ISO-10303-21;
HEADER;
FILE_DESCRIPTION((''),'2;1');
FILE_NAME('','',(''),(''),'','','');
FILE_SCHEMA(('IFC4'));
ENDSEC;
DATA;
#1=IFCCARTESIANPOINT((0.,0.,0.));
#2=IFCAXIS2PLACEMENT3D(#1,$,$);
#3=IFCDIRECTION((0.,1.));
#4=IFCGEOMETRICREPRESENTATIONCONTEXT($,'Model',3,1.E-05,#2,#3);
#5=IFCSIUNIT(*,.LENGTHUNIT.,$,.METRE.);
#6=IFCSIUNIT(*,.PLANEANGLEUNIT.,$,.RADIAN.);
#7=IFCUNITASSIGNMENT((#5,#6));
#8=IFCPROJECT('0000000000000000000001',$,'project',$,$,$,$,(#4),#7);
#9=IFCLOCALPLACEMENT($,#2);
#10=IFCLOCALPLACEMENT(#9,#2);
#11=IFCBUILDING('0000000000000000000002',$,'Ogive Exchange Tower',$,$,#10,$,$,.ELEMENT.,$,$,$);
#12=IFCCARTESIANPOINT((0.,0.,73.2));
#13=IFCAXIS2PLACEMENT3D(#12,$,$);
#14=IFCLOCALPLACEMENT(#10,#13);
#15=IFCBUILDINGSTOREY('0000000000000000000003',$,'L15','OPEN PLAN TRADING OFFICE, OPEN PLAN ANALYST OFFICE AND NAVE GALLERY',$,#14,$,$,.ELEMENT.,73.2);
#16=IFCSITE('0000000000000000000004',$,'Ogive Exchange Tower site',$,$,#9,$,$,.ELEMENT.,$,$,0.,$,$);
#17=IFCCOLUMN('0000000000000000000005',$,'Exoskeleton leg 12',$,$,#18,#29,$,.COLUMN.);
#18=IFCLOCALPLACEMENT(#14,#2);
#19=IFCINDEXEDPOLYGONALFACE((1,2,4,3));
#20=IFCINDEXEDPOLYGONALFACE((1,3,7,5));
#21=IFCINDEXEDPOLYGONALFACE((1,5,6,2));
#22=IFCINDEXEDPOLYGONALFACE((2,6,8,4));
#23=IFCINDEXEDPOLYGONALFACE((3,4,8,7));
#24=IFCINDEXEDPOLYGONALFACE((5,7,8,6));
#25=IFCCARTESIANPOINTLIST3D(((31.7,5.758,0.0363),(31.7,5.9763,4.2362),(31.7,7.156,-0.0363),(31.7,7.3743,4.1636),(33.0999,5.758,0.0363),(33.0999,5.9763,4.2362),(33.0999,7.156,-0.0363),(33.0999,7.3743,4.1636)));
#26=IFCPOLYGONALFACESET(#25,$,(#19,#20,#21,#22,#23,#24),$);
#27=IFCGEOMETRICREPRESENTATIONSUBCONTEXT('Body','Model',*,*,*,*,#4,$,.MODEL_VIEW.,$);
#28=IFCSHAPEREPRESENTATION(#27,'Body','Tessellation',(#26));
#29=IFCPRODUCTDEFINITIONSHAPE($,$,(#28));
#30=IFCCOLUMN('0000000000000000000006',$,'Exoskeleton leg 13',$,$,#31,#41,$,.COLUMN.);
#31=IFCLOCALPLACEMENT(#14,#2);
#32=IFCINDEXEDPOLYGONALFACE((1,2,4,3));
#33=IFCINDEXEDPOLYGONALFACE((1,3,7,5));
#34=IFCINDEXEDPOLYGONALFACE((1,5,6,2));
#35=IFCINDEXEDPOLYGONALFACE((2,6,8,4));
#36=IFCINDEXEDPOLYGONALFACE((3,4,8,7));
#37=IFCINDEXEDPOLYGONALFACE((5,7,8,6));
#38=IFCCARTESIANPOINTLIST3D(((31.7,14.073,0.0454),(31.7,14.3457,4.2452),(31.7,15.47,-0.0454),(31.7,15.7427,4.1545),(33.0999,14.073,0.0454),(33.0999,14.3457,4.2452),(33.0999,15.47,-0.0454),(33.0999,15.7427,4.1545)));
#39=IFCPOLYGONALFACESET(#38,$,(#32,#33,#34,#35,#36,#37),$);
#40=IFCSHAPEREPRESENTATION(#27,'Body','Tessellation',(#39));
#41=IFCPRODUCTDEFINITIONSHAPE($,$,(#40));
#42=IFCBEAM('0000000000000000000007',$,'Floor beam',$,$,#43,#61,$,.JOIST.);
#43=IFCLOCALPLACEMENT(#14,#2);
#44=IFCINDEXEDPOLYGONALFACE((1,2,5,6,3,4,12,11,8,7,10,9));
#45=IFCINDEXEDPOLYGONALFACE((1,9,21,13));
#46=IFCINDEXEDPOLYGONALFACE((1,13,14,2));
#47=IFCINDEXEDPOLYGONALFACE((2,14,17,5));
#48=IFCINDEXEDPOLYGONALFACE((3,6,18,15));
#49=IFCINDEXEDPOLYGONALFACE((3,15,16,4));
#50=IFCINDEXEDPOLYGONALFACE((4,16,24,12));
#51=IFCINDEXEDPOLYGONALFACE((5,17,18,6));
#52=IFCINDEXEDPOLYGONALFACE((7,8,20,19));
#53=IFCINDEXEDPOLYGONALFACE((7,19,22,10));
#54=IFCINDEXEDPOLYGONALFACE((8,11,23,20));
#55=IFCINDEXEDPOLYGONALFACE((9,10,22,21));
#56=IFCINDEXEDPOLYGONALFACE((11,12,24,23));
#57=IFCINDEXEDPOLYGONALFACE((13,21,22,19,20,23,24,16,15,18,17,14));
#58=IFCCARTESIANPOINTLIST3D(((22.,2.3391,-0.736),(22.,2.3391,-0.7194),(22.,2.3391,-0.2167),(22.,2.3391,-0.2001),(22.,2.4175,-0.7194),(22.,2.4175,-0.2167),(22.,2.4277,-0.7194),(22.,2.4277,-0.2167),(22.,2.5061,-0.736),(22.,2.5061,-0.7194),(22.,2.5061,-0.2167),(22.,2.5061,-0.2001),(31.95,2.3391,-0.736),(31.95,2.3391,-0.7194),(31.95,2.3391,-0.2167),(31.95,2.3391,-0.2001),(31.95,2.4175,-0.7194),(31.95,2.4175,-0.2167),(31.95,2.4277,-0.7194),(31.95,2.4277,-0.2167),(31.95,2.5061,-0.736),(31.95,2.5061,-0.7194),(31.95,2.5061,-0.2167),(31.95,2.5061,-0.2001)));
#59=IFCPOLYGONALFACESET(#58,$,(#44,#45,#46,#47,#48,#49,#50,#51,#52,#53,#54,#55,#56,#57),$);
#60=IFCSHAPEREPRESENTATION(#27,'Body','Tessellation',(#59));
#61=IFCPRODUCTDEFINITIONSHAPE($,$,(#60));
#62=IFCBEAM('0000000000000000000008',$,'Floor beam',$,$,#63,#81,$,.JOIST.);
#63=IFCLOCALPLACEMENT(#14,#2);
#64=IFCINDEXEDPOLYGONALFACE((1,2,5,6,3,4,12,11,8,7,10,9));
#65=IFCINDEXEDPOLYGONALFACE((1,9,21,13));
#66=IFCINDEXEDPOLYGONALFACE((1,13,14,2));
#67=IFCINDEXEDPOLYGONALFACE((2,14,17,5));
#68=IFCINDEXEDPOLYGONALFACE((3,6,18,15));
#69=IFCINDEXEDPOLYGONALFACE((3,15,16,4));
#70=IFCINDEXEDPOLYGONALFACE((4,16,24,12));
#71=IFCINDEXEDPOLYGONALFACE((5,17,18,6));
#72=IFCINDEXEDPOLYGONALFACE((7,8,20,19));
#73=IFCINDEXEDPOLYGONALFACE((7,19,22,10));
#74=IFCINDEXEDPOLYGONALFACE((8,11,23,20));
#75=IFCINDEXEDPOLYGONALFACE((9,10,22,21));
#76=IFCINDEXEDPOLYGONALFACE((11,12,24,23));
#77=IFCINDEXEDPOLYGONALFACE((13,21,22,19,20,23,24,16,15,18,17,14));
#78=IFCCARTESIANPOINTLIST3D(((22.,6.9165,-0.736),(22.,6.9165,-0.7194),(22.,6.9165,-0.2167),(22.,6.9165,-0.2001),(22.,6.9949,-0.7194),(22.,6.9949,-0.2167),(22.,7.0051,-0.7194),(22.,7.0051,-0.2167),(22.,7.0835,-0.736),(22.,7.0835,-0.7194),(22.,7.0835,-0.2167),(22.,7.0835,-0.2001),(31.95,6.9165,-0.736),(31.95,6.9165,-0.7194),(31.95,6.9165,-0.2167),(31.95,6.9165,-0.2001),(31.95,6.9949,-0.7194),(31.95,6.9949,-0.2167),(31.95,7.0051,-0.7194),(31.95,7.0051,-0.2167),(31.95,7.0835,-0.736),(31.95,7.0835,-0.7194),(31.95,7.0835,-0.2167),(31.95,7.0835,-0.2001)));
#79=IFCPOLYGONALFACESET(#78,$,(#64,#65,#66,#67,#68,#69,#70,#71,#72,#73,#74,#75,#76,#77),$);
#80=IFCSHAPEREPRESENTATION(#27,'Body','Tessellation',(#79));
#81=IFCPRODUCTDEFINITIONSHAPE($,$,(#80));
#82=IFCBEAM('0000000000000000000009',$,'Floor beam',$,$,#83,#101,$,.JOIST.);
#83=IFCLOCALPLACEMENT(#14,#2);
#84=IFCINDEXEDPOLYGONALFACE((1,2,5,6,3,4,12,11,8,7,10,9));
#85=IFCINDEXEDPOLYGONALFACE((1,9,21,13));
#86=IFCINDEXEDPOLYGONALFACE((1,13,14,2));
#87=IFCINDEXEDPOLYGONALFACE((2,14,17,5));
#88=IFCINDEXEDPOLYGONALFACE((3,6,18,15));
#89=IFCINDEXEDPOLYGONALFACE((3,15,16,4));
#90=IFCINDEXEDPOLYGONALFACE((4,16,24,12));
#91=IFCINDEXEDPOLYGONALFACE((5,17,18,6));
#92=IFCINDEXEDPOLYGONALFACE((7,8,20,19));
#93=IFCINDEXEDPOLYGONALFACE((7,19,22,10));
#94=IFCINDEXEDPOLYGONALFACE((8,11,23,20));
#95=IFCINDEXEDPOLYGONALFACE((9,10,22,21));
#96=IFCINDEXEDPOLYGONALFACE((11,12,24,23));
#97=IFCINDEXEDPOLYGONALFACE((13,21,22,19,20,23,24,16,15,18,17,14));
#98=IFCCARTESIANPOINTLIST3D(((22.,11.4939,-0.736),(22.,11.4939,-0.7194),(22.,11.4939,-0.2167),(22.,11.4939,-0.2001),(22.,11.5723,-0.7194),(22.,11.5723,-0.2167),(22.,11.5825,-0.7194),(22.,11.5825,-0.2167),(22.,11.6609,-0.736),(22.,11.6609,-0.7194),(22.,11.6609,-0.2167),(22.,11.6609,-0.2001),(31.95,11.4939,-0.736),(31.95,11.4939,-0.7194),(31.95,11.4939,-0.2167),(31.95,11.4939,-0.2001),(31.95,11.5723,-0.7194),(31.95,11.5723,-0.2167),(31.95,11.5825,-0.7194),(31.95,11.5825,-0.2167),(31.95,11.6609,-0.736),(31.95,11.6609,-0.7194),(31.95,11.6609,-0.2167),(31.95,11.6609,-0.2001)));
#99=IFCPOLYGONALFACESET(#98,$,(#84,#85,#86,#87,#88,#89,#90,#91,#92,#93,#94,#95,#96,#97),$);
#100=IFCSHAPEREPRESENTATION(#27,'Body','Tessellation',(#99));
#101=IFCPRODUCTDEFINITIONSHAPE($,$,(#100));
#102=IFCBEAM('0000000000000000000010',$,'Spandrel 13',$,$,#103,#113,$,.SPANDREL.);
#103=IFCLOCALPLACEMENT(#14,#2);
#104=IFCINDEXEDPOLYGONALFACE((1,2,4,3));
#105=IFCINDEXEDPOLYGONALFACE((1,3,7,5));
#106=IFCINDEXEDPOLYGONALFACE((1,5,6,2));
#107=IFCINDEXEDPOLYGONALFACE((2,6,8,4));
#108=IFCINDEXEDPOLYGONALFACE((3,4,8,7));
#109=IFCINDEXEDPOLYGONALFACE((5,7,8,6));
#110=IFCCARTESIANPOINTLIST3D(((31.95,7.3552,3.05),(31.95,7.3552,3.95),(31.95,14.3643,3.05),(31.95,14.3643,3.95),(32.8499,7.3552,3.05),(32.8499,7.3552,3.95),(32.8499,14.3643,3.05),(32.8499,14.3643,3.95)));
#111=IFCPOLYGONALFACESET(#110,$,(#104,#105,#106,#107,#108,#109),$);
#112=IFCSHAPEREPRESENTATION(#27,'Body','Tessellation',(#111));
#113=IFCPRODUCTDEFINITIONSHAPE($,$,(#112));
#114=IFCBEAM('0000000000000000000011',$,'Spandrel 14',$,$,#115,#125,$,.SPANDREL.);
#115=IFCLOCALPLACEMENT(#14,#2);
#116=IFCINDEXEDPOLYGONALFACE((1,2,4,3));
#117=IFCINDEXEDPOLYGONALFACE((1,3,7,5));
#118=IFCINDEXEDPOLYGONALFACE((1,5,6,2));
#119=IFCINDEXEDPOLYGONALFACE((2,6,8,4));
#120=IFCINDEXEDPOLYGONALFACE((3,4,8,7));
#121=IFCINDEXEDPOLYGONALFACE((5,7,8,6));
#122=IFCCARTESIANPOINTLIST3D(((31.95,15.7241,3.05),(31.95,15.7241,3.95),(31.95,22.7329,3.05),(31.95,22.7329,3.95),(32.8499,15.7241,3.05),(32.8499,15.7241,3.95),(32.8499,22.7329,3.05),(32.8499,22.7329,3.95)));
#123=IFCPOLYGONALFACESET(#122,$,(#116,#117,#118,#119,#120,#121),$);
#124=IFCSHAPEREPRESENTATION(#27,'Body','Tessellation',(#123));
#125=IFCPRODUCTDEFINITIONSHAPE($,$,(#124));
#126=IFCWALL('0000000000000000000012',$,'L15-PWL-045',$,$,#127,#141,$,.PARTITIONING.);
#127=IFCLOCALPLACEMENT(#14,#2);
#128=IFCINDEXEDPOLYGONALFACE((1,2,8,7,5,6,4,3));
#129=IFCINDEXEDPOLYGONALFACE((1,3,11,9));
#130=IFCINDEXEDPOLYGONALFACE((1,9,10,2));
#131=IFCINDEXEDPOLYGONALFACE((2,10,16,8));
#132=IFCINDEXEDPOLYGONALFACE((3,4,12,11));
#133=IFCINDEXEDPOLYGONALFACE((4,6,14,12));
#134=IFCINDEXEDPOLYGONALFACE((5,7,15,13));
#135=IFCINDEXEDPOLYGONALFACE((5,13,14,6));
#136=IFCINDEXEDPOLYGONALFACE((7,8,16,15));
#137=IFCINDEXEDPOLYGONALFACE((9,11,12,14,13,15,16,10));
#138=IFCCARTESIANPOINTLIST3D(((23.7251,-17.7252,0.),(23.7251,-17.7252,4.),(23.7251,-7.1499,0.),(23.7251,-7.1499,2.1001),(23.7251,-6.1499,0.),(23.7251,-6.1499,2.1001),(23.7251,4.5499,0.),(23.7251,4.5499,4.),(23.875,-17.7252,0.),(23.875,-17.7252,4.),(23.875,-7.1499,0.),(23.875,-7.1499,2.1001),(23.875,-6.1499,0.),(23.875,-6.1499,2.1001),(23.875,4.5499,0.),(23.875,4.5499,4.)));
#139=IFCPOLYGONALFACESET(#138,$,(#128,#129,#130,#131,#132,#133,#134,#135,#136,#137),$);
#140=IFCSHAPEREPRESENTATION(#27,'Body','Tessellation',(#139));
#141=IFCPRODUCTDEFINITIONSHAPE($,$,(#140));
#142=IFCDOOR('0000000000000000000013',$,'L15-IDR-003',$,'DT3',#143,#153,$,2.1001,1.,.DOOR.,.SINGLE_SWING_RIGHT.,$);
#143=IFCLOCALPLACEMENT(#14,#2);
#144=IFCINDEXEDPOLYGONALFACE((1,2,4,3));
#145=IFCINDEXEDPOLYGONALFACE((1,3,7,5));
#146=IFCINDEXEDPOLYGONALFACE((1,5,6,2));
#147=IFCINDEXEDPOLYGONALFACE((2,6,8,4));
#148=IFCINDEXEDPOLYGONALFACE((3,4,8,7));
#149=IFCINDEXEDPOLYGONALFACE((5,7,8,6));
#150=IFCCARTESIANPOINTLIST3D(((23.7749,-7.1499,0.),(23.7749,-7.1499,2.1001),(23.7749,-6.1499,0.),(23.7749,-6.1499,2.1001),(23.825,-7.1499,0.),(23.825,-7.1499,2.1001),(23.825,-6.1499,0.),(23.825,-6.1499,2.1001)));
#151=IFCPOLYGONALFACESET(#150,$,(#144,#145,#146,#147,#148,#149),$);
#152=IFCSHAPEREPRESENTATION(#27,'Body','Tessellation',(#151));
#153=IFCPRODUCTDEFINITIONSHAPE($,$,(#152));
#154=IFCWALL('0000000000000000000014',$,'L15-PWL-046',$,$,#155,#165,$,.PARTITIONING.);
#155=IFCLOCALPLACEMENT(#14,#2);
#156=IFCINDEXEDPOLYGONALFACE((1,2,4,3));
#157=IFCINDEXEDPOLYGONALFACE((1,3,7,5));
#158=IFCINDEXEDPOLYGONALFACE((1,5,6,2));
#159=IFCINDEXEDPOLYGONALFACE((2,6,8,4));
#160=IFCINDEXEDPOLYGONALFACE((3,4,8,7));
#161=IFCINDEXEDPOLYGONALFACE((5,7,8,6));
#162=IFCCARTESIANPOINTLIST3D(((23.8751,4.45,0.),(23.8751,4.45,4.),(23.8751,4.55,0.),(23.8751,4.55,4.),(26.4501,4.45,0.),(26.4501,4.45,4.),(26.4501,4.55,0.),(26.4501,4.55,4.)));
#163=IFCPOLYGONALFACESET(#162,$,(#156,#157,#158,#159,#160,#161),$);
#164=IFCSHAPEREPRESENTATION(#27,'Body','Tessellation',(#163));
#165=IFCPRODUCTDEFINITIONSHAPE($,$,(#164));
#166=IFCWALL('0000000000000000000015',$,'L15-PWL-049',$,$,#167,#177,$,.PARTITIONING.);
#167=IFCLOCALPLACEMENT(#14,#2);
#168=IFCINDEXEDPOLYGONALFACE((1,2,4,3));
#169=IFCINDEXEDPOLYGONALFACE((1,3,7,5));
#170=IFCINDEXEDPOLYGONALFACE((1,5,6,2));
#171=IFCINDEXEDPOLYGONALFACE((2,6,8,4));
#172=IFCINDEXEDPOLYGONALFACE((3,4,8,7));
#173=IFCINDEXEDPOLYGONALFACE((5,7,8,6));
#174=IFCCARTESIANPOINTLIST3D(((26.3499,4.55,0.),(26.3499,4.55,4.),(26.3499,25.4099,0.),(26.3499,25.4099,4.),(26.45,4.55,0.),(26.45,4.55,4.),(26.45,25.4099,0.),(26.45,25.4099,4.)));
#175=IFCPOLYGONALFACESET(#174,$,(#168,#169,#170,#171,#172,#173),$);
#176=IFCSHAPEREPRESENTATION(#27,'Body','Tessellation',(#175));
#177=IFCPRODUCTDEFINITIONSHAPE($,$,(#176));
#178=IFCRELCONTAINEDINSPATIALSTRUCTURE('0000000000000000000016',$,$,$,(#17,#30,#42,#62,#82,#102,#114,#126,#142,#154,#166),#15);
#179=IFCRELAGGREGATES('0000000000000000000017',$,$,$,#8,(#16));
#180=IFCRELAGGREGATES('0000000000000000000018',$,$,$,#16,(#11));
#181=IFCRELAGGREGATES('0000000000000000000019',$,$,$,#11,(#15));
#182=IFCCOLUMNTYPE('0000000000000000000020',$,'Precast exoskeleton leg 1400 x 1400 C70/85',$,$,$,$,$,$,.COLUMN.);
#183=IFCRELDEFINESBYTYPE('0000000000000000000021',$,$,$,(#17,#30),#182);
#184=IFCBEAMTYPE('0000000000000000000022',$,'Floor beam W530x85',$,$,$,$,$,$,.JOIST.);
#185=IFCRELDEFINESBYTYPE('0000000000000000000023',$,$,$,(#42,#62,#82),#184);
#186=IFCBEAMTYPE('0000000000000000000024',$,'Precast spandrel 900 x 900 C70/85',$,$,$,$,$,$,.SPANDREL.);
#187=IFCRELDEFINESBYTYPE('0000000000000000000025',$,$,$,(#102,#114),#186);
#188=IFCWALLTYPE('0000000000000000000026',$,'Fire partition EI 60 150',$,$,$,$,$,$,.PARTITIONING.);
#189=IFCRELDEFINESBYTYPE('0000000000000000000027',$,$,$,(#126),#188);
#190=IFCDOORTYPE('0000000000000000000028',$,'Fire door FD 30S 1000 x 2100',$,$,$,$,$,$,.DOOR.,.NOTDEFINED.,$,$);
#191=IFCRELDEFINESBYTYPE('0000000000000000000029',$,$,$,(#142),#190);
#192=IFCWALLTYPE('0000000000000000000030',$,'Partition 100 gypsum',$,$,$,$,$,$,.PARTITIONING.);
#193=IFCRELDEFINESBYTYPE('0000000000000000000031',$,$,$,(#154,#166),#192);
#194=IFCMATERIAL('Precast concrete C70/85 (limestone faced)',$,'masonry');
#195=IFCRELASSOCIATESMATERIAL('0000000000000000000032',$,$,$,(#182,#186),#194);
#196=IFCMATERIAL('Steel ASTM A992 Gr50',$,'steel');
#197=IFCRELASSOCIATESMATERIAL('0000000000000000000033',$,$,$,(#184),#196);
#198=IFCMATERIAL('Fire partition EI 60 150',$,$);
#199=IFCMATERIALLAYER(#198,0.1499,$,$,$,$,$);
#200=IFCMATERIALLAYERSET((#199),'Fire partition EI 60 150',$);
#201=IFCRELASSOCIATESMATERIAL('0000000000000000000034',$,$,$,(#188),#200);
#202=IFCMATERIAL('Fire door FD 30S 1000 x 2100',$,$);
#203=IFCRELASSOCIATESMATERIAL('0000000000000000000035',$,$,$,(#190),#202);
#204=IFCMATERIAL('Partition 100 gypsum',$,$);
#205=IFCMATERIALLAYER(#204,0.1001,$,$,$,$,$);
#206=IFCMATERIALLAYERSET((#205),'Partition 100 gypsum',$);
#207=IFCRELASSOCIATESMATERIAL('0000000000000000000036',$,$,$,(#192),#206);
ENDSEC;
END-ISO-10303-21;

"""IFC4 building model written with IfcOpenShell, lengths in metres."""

from ifc_helpers import new_model, si_unit, direction, frame, frame_2d, origin, origin_2d, place, context, subcontext, project, spatial, rectangle, i_section, extrude, material, layer, layer_set, material_profile, profile_set, type_object, element, fill, save


model = new_model("IFC4")

# Units and contexts
model_context = context("Model", 3, precision=1e-05, world=origin(), true_north=direction((0.0, 1.0)))
body_context = subcontext(model_context, "Body", "Model", "MODEL_VIEW")
ifc_project = project(units=[si_unit("LENGTHUNIT", "METRE"), si_unit("PLANEANGLEUNIT", "RADIAN")], contexts=[model_context])

# Site, building, storey
site_placement = place(None, origin())
site = spatial("IfcSite", under=ifc_project, at=site_placement, Name="Ogive Exchange Tower site", CompositionType="ELEMENT", RefElevation=0.0)
building_placement = place(site_placement, origin())
building = spatial("IfcBuilding", under=site, at=building_placement, Name="Ogive Exchange Tower", CompositionType="ELEMENT")
storey_placement = place(building_placement, frame((0.0, 0.0, 73.2)))
storey = spatial("IfcBuildingStorey", under=building, at=storey_placement, Name="L15", Description="OPEN PLAN TRADING OFFICE, OPEN PLAN ANALYST OFFICE AND NAVE GALLERY", CompositionType="ELEMENT", Elevation=73.2)

# Columns
ifc_material_1 = material(Name="Precast concrete C70/85 (limestone faced)", Category="masonry")
ifc_material_profile_1 = material_profile(ifc_material_1, rectangle(XDim=1.3999, YDim=1.3999, at=origin_2d()), Name="1400 x 1400")
ifc_profile_set_1 = profile_set([ifc_material_profile_1], Name="Precast concrete C70/85 (limestone faced)")
column_type = type_object("IfcColumnType", Name="Precast exoskeleton leg 1400 x 1400 C70/85", PredefinedType="COLUMN", material=ifc_profile_set_1)
column_1_placement = place(storey_placement, frame((32.3999, 6.457, 0.0), z_axis=(0.0, 0.051898, 0.998652), x_axis=(-1.0, 0.0, 0.0)))
element("IfcColumn", 1, at=column_1_placement, inside=storey, type_object=column_type, Name="Exoskeleton leg 12", PredefinedType="COLUMN", context=body_context, shape_type="SweptSolid", body=[
    extrude(rectangle(XDim=1.3999, YDim=1.3999, at=origin_2d()), origin(), (0.0, 0.0, 1.0), 4.2056),
])
column_2_placement = place(storey_placement, frame((32.3999, 14.7715, 0.0), z_axis=(0.0, 0.064794, 0.997899), x_axis=(-1.0, 0.0, 0.0)))
element("IfcColumn", 2, at=column_2_placement, inside=storey, type_object=column_type, Name="Exoskeleton leg 13", PredefinedType="COLUMN", context=body_context, shape_type="SweptSolid", body=[
    extrude(rectangle(XDim=1.3999, YDim=1.3999, at=origin_2d()), origin(), (0.0, 0.0, 1.0), 4.2087),
])

# Beams
ifc_material_2 = material(Name="Steel ASTM A992 Gr50", Category="steel")
ifc_material_profile_2 = material_profile(ifc_material_2, i_section(OverallWidth=0.167, OverallDepth=0.5359, WebThickness=0.0103, FlangeThickness=0.0166, at=origin_2d()), Name="W530x85")
ifc_profile_set_2 = profile_set([ifc_material_profile_2], Name="Steel ASTM A992 Gr50")
beam_type_1 = type_object("IfcBeamType", Name="Floor beam W530x85", PredefinedType="JOIST", material=ifc_profile_set_2)
for number, where, z_axis, x_axis, name in (
    (3, (22.0, 2.4226, -0.468), (1.0, 0.0, 0.0), (0.0, 1.0, 0.0), "Floor beam"),
    (4, (22.0, 7.0, -0.468), (1.0, 0.0, 0.0), (0.0, 1.0, 0.0), "Floor beam"),
    (5, (22.0, 11.5774, -0.468), (1.0, 0.0, 0.0), (0.0, 1.0, 0.0), "Floor beam"),
):
    element("IfcBeam", number, at=place(storey_placement, frame(where, z_axis=z_axis, x_axis=x_axis)), inside=storey, type_object=beam_type_1, Name=name, PredefinedType="JOIST", context=body_context, shape_type="SweptSolid", body=[
        extrude(i_section(OverallWidth=0.167, OverallDepth=0.5359, WebThickness=0.0103, FlangeThickness=0.0166, at=origin_2d()), origin(), (0.0, 0.0, 1.0), 9.95),
    ])
ifc_material_profile_3 = material_profile(ifc_material_1, rectangle(XDim=0.8999, YDim=0.8999, at=origin_2d()), Name="900 x 900")
ifc_profile_set_3 = profile_set([ifc_material_profile_3], Name="Precast concrete C70/85 (limestone faced)")
beam_type_2 = type_object("IfcBeamType", Name="Precast spandrel 900 x 900 C70/85", PredefinedType="SPANDREL", material=ifc_profile_set_3)
beam_1_placement = place(storey_placement, frame((32.3999, 7.3552, 3.5), z_axis=(0.0, 1.0, 0.0), x_axis=(-1.0, 0.0, 0.0)))
element("IfcBeam", 6, at=beam_1_placement, inside=storey, type_object=beam_type_2, Name="Spandrel 13", PredefinedType="SPANDREL", context=body_context, shape_type="SweptSolid", body=[
    extrude(rectangle(XDim=0.8999, YDim=0.8999, at=origin_2d()), origin(), (0.0, 0.0, 1.0), 7.009),
])
beam_2_placement = place(storey_placement, frame((32.3999, 15.7241, 3.5), z_axis=(0.0, 1.0, 0.0), x_axis=(-1.0, 0.0, 0.0)))
element("IfcBeam", 7, at=beam_2_placement, inside=storey, type_object=beam_type_2, Name="Spandrel 14", PredefinedType="SPANDREL", context=body_context, shape_type="SweptSolid", body=[
    extrude(rectangle(XDim=0.8999, YDim=0.8999, at=origin_2d()), origin(), (0.0, 0.0, 1.0), 7.0088),
])

# Wall, opening, door
ifc_material_3 = material(Name="Fire partition EI 60 150")
ifc_layer_1 = layer(ifc_material_3, 0.1499)
ifc_layer_set_1 = layer_set([ifc_layer_1], Name="Fire partition EI 60 150")
wall_type_1 = type_object("IfcWallType", Name="Fire partition EI 60 150", PredefinedType="PARTITIONING", material=ifc_layer_set_1)
wall_1_placement = place(storey_placement, frame((23.8, 4.55, 0.0), z_axis=(0.0, 0.0, 1.0), x_axis=(0.0, -1.0, 0.0)))
wall_1 = element("IfcWall", 8, at=wall_1_placement, inside=storey, type_object=wall_type_1, Name="L15-PWL-045", PredefinedType="PARTITIONING", context=body_context, shape_type="SweptSolid", body=[
    extrude(rectangle(XDim=22.2751, YDim=0.1499, at=frame_2d((11.1377, 0.0))), origin(), (0.0, 0.0, 1.0), 4.0),
])
opening_1_placement = place(wall_1_placement, frame((10.7, 0.0, 0.0)))
opening_1 = element("IfcOpeningElement", 9, at=opening_1_placement, cuts=wall_1, PredefinedType="OPENING", context=body_context, shape_type="SweptSolid", body=[
    extrude(rectangle(XDim=1.0, YDim=2.1001, at=frame_2d((0.5, 1.05))), frame((0.0, 0.085, 0.0), z_axis=(0.0, -1.0, 0.0), x_axis=(1.0, 0.0, 0.0)), (0.0, 0.0, 1.0), 0.1699),
])
ifc_material_4 = material(Name="Fire door FD 30S 1000 x 2100")
door_type_1 = type_object("IfcDoorType", Name="Fire door FD 30S 1000 x 2100", OperationType="NOTDEFINED", PredefinedType="DOOR", material=ifc_material_4)
door_1_placement = place(opening_1_placement, origin())
door_1 = element("IfcDoor", 10, at=door_1_placement, inside=storey, type_object=door_type_1, Name="L15-IDR-003", ObjectType="DT3", OperationType="SINGLE_SWING_RIGHT", OverallHeight=2.1001, OverallWidth=1.0, PredefinedType="DOOR", context=body_context, shape_type="SweptSolid", body=[
    extrude(rectangle(XDim=1.0, YDim=2.1001, at=frame_2d((0.5, 1.05))), frame((0.0, 0.0249, 0.0), z_axis=(0.0, -1.0, 0.0), x_axis=(1.0, 0.0, 0.0)), (0.0, 0.0, 1.0), 0.05),
])
fill(opening_1, door_1)

# Walls
ifc_material_5 = material(Name="Partition 100 gypsum")
ifc_layer_2 = layer(ifc_material_5, 0.1001)
ifc_layer_set_2 = layer_set([ifc_layer_2], Name="Partition 100 gypsum")
wall_type_2 = type_object("IfcWallType", Name="Partition 100 gypsum", PredefinedType="PARTITIONING", material=ifc_layer_set_2)
wall_2_placement = place(storey_placement, frame((23.875, 4.5, 0.0), z_axis=(0.0, 0.0, 1.0), x_axis=(1.0, 0.0, 0.0)))
element("IfcWall", 11, at=wall_2_placement, inside=storey, type_object=wall_type_2, Name="L15-PWL-046", PredefinedType="PARTITIONING", context=body_context, shape_type="SweptSolid", body=[
    extrude(rectangle(XDim=2.575, YDim=0.1001, at=frame_2d((1.2876, 0.0))), origin(), (0.0, 0.0, 1.0), 4.0),
])
wall_3_placement = place(storey_placement, frame((26.3999, 4.55, 0.0), z_axis=(0.0, 0.0, 1.0), x_axis=(0.0, 1.0, 0.0)))
element("IfcWall", 12, at=wall_3_placement, inside=storey, type_object=wall_type_2, Name="L15-PWL-049", PredefinedType="PARTITIONING", context=body_context, shape_type="SweptSolid", body=[
    extrude(rectangle(XDim=20.8599, YDim=0.1001, at=frame_2d((10.4299, 0.0))), origin(), (0.0, 0.0, 1.0), 4.0),
])

save(model, "model.ifc")
